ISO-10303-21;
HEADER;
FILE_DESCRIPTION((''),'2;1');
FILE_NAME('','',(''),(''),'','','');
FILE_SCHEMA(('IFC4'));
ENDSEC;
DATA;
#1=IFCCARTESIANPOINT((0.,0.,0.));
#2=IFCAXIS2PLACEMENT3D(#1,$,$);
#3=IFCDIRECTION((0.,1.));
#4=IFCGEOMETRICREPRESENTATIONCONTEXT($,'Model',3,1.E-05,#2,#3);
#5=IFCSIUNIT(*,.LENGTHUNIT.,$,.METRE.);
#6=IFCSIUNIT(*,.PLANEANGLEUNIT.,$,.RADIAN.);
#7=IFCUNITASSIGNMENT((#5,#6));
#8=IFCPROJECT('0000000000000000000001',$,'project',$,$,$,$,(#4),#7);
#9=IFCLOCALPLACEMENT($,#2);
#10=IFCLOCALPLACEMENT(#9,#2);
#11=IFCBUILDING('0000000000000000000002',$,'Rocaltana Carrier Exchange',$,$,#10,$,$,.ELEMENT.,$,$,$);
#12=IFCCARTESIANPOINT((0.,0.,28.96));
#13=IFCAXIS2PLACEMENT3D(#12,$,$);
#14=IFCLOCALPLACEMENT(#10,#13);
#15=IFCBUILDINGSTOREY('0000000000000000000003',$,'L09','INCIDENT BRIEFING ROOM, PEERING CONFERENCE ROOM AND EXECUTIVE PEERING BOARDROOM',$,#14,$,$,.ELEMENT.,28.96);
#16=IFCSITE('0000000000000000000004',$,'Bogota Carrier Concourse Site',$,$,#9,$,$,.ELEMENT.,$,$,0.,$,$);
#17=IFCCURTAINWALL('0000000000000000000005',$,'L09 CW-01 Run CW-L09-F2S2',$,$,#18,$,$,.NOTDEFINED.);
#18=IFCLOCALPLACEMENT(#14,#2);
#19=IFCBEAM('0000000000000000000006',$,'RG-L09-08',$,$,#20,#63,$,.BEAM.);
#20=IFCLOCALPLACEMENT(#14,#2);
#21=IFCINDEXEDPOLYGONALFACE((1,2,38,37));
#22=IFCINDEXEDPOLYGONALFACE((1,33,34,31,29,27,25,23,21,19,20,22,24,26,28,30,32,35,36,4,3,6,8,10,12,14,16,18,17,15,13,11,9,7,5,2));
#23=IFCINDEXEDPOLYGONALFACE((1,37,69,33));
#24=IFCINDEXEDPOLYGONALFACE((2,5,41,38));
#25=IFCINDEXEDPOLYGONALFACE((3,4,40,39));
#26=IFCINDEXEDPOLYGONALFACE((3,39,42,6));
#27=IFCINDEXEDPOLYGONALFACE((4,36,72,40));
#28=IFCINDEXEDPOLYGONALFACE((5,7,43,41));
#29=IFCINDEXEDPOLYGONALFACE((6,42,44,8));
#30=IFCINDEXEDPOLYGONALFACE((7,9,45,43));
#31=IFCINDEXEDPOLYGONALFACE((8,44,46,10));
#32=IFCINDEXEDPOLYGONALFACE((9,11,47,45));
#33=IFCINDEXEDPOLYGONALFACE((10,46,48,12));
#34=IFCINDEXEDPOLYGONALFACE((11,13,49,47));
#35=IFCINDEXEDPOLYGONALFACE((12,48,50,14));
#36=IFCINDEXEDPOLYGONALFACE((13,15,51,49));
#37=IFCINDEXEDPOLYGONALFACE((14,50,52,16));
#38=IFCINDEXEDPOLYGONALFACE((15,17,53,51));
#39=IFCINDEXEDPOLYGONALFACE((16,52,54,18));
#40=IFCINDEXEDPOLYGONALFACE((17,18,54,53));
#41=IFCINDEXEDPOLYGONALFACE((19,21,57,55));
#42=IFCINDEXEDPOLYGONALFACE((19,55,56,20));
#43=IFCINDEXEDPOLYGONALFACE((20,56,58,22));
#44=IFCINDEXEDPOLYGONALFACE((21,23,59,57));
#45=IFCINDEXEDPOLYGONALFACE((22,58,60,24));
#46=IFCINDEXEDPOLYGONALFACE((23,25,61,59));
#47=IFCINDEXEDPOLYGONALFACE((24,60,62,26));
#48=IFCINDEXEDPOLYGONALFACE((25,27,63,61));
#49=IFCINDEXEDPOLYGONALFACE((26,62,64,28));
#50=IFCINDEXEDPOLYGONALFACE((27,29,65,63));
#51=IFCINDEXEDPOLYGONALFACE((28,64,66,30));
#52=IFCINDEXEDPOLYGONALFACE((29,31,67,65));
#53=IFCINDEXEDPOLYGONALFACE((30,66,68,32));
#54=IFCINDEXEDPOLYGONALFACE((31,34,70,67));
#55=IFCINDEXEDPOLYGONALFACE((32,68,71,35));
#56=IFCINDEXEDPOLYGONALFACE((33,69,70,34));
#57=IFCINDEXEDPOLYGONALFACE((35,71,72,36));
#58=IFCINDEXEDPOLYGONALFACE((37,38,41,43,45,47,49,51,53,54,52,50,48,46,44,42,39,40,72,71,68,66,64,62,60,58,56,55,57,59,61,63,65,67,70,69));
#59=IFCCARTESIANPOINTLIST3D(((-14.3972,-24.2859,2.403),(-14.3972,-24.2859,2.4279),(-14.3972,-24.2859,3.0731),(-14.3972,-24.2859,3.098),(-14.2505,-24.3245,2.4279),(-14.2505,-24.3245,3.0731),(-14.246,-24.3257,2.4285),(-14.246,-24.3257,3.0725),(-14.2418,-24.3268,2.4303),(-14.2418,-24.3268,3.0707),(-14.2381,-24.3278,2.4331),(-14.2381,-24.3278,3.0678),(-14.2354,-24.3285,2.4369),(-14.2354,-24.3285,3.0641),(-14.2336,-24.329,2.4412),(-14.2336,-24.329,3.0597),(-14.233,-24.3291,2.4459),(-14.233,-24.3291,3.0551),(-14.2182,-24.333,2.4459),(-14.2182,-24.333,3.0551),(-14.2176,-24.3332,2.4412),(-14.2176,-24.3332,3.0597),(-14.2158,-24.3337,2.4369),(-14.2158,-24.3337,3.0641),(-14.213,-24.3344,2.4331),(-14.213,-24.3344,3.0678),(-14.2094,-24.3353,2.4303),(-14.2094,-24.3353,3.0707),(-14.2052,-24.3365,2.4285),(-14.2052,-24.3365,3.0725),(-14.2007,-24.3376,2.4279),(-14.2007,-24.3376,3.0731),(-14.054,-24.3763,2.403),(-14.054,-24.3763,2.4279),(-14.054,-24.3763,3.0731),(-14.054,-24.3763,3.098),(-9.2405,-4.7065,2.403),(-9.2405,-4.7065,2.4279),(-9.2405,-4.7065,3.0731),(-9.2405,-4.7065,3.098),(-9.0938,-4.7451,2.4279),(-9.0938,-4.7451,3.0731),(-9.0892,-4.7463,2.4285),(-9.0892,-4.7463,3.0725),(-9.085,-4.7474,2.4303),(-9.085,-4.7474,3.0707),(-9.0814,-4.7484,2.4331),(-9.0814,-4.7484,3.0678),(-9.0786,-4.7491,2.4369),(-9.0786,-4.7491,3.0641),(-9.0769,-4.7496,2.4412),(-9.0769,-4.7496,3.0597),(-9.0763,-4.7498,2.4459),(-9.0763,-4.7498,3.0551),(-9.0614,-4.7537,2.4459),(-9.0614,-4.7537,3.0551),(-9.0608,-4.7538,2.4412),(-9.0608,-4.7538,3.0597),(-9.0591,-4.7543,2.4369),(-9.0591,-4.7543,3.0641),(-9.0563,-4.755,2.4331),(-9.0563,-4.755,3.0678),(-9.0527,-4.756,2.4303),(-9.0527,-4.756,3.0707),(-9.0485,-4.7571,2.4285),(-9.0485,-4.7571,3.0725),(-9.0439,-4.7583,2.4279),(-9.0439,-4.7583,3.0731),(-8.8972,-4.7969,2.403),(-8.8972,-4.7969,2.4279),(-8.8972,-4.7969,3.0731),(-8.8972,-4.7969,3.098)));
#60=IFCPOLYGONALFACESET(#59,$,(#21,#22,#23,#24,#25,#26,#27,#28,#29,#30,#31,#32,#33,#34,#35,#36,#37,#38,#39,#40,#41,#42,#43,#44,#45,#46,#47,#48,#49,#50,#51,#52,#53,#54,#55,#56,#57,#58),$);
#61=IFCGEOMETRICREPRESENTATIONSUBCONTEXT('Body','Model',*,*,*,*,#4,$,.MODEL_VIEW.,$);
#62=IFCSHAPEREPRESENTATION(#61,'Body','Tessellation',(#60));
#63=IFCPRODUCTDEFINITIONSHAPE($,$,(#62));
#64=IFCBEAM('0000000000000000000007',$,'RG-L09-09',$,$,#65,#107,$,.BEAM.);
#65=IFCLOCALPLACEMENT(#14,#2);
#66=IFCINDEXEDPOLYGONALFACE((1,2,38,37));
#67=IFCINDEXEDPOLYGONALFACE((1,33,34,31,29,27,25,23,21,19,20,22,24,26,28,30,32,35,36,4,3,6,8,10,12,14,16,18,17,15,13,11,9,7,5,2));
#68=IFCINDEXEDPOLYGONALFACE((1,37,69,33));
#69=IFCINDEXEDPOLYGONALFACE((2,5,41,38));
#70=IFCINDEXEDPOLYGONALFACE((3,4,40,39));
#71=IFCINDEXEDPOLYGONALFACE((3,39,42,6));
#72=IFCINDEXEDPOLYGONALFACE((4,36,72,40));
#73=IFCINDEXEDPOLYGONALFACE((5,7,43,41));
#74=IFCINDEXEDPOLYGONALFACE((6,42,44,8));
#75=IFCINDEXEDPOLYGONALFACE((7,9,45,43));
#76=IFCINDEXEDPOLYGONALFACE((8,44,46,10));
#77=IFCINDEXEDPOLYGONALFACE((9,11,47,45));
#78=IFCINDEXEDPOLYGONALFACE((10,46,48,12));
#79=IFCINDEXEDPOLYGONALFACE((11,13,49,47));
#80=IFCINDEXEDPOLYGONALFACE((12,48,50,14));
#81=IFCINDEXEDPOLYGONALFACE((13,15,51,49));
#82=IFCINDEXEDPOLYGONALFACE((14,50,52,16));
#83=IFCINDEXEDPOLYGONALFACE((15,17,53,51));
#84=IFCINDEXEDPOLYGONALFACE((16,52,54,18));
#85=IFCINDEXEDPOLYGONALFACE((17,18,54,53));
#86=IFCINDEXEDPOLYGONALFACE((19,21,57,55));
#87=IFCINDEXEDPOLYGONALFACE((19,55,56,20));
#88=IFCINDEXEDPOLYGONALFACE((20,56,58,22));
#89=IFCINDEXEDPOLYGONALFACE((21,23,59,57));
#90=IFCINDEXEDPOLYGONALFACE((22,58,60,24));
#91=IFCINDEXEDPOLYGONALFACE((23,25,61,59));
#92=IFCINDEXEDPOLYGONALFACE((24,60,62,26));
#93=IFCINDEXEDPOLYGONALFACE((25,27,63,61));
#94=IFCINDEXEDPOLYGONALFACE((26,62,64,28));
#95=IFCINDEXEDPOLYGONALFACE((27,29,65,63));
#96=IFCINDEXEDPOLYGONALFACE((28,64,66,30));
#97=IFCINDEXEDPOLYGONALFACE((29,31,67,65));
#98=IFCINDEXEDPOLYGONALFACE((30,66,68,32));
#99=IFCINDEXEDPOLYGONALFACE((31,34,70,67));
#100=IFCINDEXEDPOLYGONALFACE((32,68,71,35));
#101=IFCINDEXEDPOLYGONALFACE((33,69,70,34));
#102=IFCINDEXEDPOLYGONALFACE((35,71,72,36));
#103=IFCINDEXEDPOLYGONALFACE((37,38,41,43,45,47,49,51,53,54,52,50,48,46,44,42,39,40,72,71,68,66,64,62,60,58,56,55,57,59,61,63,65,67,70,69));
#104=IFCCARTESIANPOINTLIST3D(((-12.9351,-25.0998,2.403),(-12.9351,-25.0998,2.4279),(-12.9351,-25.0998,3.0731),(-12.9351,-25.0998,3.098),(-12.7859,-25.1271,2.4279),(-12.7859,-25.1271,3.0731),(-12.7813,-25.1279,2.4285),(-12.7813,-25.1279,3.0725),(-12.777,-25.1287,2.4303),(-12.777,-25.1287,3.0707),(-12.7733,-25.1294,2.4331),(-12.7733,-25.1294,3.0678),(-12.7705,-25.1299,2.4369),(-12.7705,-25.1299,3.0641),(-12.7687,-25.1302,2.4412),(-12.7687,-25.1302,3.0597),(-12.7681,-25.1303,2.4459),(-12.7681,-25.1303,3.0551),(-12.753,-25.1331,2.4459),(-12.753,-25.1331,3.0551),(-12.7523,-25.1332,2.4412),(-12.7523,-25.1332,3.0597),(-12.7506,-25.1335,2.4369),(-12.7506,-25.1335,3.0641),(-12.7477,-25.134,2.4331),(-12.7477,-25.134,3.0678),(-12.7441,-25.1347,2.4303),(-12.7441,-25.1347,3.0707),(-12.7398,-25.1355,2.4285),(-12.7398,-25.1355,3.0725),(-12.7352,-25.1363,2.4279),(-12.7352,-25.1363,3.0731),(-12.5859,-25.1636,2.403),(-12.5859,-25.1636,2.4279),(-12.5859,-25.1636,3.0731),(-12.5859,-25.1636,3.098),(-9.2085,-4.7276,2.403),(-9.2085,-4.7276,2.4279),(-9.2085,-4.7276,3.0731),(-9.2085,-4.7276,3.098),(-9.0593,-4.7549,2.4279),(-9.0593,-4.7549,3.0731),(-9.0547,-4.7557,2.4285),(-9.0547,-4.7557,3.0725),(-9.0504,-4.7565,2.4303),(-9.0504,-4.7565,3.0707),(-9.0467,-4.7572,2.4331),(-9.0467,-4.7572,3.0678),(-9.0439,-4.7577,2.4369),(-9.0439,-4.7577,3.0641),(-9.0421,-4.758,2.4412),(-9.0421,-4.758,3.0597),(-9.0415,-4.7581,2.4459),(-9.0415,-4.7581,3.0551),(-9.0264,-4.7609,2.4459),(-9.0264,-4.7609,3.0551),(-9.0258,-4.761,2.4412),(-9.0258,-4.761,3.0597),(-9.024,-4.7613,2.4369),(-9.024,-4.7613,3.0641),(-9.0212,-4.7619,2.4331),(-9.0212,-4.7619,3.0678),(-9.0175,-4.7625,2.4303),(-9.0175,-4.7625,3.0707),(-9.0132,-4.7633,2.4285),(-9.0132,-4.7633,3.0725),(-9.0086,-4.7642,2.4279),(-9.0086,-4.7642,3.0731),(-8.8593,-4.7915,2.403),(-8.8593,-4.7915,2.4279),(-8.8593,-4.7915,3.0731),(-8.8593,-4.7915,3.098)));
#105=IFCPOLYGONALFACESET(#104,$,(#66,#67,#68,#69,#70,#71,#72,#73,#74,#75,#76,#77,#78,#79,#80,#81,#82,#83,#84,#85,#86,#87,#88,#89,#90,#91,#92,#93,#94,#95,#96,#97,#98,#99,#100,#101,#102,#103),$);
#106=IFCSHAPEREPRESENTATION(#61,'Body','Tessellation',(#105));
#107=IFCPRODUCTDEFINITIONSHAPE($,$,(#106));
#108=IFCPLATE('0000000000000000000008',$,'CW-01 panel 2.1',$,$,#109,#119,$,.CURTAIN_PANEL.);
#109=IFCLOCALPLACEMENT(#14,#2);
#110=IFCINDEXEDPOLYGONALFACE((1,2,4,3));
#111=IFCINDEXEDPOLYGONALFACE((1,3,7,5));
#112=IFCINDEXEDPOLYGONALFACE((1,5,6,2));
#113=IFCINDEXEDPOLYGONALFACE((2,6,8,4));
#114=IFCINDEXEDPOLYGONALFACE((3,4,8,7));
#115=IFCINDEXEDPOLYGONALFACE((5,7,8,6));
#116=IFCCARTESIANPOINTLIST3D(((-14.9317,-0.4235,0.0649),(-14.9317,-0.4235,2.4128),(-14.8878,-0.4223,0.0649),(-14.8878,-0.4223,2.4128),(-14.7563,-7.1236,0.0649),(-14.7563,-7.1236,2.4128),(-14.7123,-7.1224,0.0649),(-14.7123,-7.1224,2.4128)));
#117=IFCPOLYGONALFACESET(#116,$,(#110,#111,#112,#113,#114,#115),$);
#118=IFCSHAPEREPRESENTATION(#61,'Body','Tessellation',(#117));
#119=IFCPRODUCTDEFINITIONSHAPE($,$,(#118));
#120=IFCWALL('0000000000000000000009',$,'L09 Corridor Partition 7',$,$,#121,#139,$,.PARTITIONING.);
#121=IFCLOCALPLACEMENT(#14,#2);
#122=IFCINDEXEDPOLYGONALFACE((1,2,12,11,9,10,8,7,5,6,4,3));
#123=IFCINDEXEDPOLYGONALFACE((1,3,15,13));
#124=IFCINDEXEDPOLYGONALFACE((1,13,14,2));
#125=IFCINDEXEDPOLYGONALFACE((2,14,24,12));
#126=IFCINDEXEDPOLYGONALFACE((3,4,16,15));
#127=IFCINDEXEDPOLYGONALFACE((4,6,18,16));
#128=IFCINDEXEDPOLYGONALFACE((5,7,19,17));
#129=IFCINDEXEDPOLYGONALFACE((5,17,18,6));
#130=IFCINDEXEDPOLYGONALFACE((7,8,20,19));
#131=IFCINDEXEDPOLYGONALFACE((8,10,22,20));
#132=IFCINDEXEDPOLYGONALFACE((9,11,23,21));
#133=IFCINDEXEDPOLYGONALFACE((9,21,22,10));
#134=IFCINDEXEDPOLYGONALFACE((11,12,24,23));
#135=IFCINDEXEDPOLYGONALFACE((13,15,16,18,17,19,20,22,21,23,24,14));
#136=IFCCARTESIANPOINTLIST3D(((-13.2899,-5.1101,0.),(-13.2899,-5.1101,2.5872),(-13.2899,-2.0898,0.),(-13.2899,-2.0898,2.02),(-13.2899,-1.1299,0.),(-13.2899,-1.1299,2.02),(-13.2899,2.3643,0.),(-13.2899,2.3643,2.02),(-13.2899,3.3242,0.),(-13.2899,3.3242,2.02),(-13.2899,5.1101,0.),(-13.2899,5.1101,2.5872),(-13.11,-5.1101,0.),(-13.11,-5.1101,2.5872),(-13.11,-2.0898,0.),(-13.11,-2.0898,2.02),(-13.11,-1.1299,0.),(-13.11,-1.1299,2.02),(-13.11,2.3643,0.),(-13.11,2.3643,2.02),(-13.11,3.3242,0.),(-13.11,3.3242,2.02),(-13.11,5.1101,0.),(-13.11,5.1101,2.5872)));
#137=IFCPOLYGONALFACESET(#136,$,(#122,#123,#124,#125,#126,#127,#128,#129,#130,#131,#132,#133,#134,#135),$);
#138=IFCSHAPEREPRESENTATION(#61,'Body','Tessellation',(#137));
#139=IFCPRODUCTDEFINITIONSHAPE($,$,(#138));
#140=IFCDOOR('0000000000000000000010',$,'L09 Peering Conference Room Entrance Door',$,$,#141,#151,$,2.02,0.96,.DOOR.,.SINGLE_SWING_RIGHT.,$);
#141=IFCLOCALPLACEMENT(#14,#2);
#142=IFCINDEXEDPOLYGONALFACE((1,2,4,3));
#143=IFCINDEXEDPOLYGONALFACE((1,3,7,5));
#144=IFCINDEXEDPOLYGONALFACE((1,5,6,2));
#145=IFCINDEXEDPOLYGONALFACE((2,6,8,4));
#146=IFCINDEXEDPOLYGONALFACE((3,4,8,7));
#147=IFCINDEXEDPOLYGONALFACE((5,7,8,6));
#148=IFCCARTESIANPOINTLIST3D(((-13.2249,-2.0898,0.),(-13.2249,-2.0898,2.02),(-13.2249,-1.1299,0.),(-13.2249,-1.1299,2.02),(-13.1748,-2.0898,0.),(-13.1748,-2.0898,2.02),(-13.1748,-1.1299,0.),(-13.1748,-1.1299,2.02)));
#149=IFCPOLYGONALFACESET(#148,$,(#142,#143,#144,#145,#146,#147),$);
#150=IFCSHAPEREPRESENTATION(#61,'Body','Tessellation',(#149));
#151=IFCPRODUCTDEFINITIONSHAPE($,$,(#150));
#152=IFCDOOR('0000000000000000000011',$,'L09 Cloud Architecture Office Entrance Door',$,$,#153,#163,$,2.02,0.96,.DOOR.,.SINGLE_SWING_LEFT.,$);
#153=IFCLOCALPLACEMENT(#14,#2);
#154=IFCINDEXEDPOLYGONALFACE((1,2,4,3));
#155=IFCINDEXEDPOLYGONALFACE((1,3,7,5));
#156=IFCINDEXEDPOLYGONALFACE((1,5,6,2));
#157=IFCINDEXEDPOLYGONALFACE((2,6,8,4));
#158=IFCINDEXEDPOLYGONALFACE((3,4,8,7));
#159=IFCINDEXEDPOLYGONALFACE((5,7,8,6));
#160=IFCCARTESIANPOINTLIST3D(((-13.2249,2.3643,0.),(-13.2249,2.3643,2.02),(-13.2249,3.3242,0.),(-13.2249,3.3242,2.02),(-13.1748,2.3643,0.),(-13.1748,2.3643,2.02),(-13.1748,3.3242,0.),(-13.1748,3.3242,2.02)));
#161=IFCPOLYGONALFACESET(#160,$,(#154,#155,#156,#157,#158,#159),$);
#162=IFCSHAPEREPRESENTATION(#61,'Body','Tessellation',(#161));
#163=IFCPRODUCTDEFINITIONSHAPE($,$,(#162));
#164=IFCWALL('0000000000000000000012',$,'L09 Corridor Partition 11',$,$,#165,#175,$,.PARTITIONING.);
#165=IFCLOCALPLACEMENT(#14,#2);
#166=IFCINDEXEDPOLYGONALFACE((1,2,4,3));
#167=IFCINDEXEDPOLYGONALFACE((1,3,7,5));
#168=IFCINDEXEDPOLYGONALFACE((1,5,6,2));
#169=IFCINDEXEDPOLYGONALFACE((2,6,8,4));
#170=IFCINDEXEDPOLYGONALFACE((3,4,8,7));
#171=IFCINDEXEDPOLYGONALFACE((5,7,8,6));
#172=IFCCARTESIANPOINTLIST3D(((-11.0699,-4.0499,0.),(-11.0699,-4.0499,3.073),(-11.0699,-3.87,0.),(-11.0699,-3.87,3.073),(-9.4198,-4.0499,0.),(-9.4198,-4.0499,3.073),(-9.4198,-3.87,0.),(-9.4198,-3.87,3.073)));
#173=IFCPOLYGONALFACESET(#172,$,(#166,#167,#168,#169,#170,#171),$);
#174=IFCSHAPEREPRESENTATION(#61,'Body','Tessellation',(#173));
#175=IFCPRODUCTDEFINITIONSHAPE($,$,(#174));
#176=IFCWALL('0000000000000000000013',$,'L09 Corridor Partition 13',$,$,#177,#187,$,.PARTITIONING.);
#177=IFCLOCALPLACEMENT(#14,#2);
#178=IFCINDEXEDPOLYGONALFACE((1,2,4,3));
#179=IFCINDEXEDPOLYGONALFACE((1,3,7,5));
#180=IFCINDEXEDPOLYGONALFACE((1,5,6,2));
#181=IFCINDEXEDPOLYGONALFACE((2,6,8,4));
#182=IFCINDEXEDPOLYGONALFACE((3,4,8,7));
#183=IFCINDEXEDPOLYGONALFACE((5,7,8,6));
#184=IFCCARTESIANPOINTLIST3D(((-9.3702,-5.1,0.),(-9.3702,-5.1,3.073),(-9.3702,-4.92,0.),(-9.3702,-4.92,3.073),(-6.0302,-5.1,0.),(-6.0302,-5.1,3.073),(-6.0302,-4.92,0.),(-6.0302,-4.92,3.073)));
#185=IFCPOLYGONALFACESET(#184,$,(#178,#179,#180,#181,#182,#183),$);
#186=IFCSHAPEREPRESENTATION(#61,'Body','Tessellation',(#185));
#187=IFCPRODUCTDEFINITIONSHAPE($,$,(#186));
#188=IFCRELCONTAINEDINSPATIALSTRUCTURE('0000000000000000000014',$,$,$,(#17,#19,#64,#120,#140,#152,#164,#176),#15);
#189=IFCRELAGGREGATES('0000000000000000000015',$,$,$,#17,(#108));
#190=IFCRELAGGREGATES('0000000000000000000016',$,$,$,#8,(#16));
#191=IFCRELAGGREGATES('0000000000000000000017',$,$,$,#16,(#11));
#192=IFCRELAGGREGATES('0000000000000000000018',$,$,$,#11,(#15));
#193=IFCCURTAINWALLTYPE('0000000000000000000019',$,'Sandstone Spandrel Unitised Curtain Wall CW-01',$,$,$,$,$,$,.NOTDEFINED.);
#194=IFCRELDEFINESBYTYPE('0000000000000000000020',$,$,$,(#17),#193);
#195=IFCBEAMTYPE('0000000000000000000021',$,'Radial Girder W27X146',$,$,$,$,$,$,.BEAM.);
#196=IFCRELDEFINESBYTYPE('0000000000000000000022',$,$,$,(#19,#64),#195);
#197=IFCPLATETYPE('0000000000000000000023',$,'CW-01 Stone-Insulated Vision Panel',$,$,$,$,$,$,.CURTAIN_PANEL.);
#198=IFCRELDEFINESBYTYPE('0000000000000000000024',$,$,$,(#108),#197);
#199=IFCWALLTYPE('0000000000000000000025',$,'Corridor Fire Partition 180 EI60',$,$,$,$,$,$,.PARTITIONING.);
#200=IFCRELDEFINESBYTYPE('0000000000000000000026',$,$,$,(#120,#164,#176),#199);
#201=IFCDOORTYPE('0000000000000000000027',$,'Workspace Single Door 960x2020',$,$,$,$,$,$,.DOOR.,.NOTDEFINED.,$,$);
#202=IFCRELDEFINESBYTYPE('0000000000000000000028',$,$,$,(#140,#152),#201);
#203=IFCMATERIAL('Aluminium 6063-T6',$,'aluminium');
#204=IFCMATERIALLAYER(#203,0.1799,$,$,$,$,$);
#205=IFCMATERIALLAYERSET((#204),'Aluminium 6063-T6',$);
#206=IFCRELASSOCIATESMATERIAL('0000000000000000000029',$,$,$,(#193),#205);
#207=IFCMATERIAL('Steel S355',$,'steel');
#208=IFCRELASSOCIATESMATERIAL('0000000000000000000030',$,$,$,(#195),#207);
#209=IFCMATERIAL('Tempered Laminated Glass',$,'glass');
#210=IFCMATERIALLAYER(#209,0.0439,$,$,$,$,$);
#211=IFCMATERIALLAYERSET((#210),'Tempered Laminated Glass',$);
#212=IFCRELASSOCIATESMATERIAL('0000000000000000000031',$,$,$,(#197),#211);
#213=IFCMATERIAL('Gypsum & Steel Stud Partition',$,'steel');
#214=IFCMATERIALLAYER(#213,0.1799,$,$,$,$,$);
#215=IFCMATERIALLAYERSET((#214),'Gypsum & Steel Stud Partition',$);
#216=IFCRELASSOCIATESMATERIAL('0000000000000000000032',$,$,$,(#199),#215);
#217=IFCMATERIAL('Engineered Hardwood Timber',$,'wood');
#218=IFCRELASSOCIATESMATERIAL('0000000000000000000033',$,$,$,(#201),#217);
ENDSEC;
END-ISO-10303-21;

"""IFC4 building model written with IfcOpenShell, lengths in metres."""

from ifc_helpers import new_model, si_unit, direction, frame, frame_2d, origin, origin_2d, place, context, subcontext, project, spatial, rectangle, i_section, extrude, material, layer, layer_set, material_profile, profile_set, type_object, element, fill, aggregate, save


model = new_model("IFC4")

# Units and contexts
model_context = context("Model", 3, precision=1e-05, world=origin(), true_north=direction((0.0, 1.0)))
body_context = subcontext(model_context, "Body", "Model", "MODEL_VIEW")
ifc_project = project(units=[si_unit("LENGTHUNIT", "METRE"), si_unit("PLANEANGLEUNIT", "RADIAN")], contexts=[model_context])

# Site, building, storey
site_placement = place(None, origin())
site = spatial("IfcSite", under=ifc_project, at=site_placement, Name="Bogota Carrier Concourse Site", CompositionType="ELEMENT", RefElevation=0.0)
building_placement = place(site_placement, origin())
building = spatial("IfcBuilding", under=site, at=building_placement, Name="Rocaltana Carrier Exchange", CompositionType="ELEMENT")
storey_placement = place(building_placement, frame((0.0, 0.0, 28.96)))
storey = spatial("IfcBuildingStorey", under=building, at=storey_placement, Name="L09", Description="INCIDENT BRIEFING ROOM, PEERING CONFERENCE ROOM AND EXECUTIVE PEERING BOARDROOM", CompositionType="ELEMENT", Elevation=28.96)

# Curtain wall
ifc_material_1 = material(Name="Aluminium 6063-T6", Category="aluminium")
ifc_layer_1 = layer(ifc_material_1, 0.1799)
ifc_layer_set_1 = layer_set([ifc_layer_1], Name="Aluminium 6063-T6")
curtain_wall_type = type_object("IfcCurtainWallType", Name="Sandstone Spandrel Unitised Curtain Wall CW-01", PredefinedType="NOTDEFINED", material=ifc_layer_set_1)
curtain_wall_placement = place(storey_placement, origin())
curtain_wall = element("IfcCurtainWall", 1, at=curtain_wall_placement, inside=storey, type_object=curtain_wall_type, Name="L09 CW-01 Run CW-L09-F2S2", PredefinedType="NOTDEFINED")

# Beams
ifc_material_2 = material(Name="Steel S355", Category="steel")
ifc_material_profile_1 = material_profile(ifc_material_2, i_section(OverallWidth=0.355, OverallDepth=0.6951, WebThickness=0.0154, FlangeThickness=0.0249, FilletRadius=0.0181, at=origin_2d()), Name="W27X146")
ifc_profile_set_1 = profile_set([ifc_material_profile_1], Name="Steel S355")
beam_type_1 = type_object("IfcBeamType", Name="Radial Girder W27X146", PredefinedType="BEAM", material=ifc_profile_set_1)
beam_1_placement = place(storey_placement, frame((-9.0688, -4.7517, 2.7505), z_axis=(-0.254691, -0.967023, 0.0), x_axis=(0.967023, -0.254691, 0.0)))
element("IfcBeam", 2, at=beam_1_placement, inside=storey, type_object=beam_type_1, Name="RG-L09-08", PredefinedType="BEAM", context=body_context, shape_type="SweptSolid", body=[
    extrude(i_section(OverallWidth=0.355, OverallDepth=0.6951, WebThickness=0.0154, FlangeThickness=0.0249, FilletRadius=0.0181, at=origin_2d()), origin(), (0.0, 0.0, 1.0), 20.2471),
])
beam_2_placement = place(storey_placement, frame((-9.0339, -4.7595, 2.7505), z_axis=(-0.179939, -0.983678, 0.0), x_axis=(0.983678, -0.179939, 0.0)))
element("IfcBeam", 3, at=beam_2_placement, inside=storey, type_object=beam_type_1, Name="RG-L09-09", PredefinedType="BEAM", context=body_context, shape_type="SweptSolid", body=[
    extrude(i_section(OverallWidth=0.355, OverallDepth=0.6951, WebThickness=0.0154, FlangeThickness=0.0249, FilletRadius=0.0181, at=origin_2d()), origin(), (0.0, 0.0, 1.0), 20.7102),
])

# Plate
ifc_material_3 = material(Name="Tempered Laminated Glass", Category="glass")
ifc_layer_2 = layer(ifc_material_3, 0.0439)
ifc_layer_set_2 = layer_set([ifc_layer_2], Name="Tempered Laminated Glass")
plate_type = type_object("IfcPlateType", Name="CW-01 Stone-Insulated Vision Panel", PredefinedType="CURTAIN_PANEL", material=ifc_layer_set_2)
plate_placement = place(storey_placement, frame((-14.822, -3.7729, 0.0649), z_axis=(0.0, 0.0, 1.0), x_axis=(0.026177, -0.999657, 0.0)))
plate = element("IfcPlate", 4, at=plate_placement, type_object=plate_type, Name="CW-01 panel 2.1", PredefinedType="CURTAIN_PANEL", context=body_context, shape_type="SweptSolid", body=[
    extrude(rectangle(XDim=6.7024, YDim=0.0439, at=origin_2d()), origin(), (0.0, 0.0, 1.0), 2.3479),
])
aggregate(curtain_wall, [plate])

# Wall, openings, doors
ifc_material_4 = material(Name="Gypsum & Steel Stud Partition", Category="steel")
ifc_layer_3 = layer(ifc_material_4, 0.1799)
ifc_layer_set_3 = layer_set([ifc_layer_3], Name="Gypsum & Steel Stud Partition")
wall_type_1 = type_object("IfcWallType", Name="Corridor Fire Partition 180 EI60", PredefinedType="PARTITIONING", material=ifc_layer_set_3)
wall_1_placement = place(storey_placement, frame((-13.2, -5.1101, 0.0), z_axis=(0.0, 0.0, 1.0), x_axis=(0.0, 1.0, 0.0)))
wall_1 = element("IfcWall", 5, at=wall_1_placement, inside=storey, type_object=wall_type_1, Name="L09 Corridor Partition 7", PredefinedType="PARTITIONING", context=body_context, shape_type="SweptSolid", body=[
    extrude(rectangle(XDim=10.2202, YDim=0.1799, at=frame_2d((5.1101, 0.0))), origin(), (0.0, 0.0, 1.0), 2.5872),
])
opening_1_placement = place(wall_1_placement, frame((3.0203, 0.0, 0.0)))
opening_1 = element("IfcOpeningElement", 6, at=opening_1_placement, cuts=wall_1, PredefinedType="OPENING", context=body_context, shape_type="SweptSolid", body=[
    extrude(rectangle(XDim=0.96, YDim=2.02, at=frame_2d((0.48, 1.01))), frame((0.0, 0.0999, 0.0), z_axis=(0.0, -1.0, 0.0), x_axis=(1.0, 0.0, 0.0)), (0.0, 0.0, 1.0), 0.2),
])
opening_2_placement = place(wall_1_placement, frame((7.4744, 0.0, 0.0)))
opening_2 = element("IfcOpeningElement", 7, at=opening_2_placement, cuts=wall_1, PredefinedType="OPENING", context=body_context, shape_type="SweptSolid", body=[
    extrude(rectangle(XDim=0.96, YDim=2.02, at=frame_2d((0.48, 1.01))), frame((0.0, 0.0999, 0.0), z_axis=(0.0, -1.0, 0.0), x_axis=(1.0, 0.0, 0.0)), (0.0, 0.0, 1.0), 0.2),
])
ifc_material_5 = material(Name="Engineered Hardwood Timber", Category="wood")
door_type = type_object("IfcDoorType", Name="Workspace Single Door 960x2020", OperationType="NOTDEFINED", PredefinedType="DOOR", material=ifc_material_5)
door_1_placement = place(opening_1_placement, origin())
door_1 = element("IfcDoor", 8, at=door_1_placement, inside=storey, type_object=door_type, Name="L09 Peering Conference Room Entrance Door", OperationType="SINGLE_SWING_RIGHT", OverallHeight=2.02, OverallWidth=0.96, PredefinedType="DOOR", context=body_context, shape_type="SweptSolid", body=[
    extrude(rectangle(XDim=0.96, YDim=2.02, at=frame_2d((0.48, 1.01))), frame((0.0, 0.0249, 0.0), z_axis=(0.0, -1.0, 0.0), x_axis=(1.0, 0.0, 0.0)), (0.0, 0.0, 1.0), 0.05),
])
fill(opening_1, door_1)
door_2_placement = place(opening_2_placement, origin())
door_2 = element("IfcDoor", 9, at=door_2_placement, inside=storey, type_object=door_type, Name="L09 Cloud Architecture Office Entrance Door", OperationType="SINGLE_SWING_LEFT", OverallHeight=2.02, OverallWidth=0.96, PredefinedType="DOOR", context=body_context, shape_type="SweptSolid", body=[
    extrude(rectangle(XDim=0.96, YDim=2.02, at=frame_2d((0.48, 1.01))), frame((0.0, 0.0249, 0.0), z_axis=(0.0, -1.0, 0.0), x_axis=(1.0, 0.0, 0.0)), (0.0, 0.0, 1.0), 0.05),
])
fill(opening_2, door_2)

# Walls
wall_2_placement = place(storey_placement, frame((-11.0701, -3.96, 0.0), z_axis=(0.0, 0.0, 1.0), x_axis=(1.0, 0.0, 0.0)))
element("IfcWall", 10, at=wall_2_placement, inside=storey, type_object=wall_type_1, Name="L09 Corridor Partition 11", PredefinedType="PARTITIONING", context=body_context, shape_type="SweptSolid", body=[
    extrude(rectangle(XDim=1.6501, YDim=0.1799, at=frame_2d((0.8252, 0.0))), origin(), (0.0, 0.0, 1.0), 3.073),
])
wall_3_placement = place(storey_placement, frame((-9.3701, -5.01, 0.0), z_axis=(0.0, 0.0, 1.0), x_axis=(1.0, 0.0, 0.0)))
element("IfcWall", 11, at=wall_3_placement, inside=storey, type_object=wall_type_1, Name="L09 Corridor Partition 13", PredefinedType="PARTITIONING", context=body_context, shape_type="SweptSolid", body=[
    extrude(rectangle(XDim=3.3401, YDim=0.1799, at=frame_2d((1.6699, 0.0))), origin(), (0.0, 0.0, 1.0), 3.073),
])

save(model, "model.ifc")
